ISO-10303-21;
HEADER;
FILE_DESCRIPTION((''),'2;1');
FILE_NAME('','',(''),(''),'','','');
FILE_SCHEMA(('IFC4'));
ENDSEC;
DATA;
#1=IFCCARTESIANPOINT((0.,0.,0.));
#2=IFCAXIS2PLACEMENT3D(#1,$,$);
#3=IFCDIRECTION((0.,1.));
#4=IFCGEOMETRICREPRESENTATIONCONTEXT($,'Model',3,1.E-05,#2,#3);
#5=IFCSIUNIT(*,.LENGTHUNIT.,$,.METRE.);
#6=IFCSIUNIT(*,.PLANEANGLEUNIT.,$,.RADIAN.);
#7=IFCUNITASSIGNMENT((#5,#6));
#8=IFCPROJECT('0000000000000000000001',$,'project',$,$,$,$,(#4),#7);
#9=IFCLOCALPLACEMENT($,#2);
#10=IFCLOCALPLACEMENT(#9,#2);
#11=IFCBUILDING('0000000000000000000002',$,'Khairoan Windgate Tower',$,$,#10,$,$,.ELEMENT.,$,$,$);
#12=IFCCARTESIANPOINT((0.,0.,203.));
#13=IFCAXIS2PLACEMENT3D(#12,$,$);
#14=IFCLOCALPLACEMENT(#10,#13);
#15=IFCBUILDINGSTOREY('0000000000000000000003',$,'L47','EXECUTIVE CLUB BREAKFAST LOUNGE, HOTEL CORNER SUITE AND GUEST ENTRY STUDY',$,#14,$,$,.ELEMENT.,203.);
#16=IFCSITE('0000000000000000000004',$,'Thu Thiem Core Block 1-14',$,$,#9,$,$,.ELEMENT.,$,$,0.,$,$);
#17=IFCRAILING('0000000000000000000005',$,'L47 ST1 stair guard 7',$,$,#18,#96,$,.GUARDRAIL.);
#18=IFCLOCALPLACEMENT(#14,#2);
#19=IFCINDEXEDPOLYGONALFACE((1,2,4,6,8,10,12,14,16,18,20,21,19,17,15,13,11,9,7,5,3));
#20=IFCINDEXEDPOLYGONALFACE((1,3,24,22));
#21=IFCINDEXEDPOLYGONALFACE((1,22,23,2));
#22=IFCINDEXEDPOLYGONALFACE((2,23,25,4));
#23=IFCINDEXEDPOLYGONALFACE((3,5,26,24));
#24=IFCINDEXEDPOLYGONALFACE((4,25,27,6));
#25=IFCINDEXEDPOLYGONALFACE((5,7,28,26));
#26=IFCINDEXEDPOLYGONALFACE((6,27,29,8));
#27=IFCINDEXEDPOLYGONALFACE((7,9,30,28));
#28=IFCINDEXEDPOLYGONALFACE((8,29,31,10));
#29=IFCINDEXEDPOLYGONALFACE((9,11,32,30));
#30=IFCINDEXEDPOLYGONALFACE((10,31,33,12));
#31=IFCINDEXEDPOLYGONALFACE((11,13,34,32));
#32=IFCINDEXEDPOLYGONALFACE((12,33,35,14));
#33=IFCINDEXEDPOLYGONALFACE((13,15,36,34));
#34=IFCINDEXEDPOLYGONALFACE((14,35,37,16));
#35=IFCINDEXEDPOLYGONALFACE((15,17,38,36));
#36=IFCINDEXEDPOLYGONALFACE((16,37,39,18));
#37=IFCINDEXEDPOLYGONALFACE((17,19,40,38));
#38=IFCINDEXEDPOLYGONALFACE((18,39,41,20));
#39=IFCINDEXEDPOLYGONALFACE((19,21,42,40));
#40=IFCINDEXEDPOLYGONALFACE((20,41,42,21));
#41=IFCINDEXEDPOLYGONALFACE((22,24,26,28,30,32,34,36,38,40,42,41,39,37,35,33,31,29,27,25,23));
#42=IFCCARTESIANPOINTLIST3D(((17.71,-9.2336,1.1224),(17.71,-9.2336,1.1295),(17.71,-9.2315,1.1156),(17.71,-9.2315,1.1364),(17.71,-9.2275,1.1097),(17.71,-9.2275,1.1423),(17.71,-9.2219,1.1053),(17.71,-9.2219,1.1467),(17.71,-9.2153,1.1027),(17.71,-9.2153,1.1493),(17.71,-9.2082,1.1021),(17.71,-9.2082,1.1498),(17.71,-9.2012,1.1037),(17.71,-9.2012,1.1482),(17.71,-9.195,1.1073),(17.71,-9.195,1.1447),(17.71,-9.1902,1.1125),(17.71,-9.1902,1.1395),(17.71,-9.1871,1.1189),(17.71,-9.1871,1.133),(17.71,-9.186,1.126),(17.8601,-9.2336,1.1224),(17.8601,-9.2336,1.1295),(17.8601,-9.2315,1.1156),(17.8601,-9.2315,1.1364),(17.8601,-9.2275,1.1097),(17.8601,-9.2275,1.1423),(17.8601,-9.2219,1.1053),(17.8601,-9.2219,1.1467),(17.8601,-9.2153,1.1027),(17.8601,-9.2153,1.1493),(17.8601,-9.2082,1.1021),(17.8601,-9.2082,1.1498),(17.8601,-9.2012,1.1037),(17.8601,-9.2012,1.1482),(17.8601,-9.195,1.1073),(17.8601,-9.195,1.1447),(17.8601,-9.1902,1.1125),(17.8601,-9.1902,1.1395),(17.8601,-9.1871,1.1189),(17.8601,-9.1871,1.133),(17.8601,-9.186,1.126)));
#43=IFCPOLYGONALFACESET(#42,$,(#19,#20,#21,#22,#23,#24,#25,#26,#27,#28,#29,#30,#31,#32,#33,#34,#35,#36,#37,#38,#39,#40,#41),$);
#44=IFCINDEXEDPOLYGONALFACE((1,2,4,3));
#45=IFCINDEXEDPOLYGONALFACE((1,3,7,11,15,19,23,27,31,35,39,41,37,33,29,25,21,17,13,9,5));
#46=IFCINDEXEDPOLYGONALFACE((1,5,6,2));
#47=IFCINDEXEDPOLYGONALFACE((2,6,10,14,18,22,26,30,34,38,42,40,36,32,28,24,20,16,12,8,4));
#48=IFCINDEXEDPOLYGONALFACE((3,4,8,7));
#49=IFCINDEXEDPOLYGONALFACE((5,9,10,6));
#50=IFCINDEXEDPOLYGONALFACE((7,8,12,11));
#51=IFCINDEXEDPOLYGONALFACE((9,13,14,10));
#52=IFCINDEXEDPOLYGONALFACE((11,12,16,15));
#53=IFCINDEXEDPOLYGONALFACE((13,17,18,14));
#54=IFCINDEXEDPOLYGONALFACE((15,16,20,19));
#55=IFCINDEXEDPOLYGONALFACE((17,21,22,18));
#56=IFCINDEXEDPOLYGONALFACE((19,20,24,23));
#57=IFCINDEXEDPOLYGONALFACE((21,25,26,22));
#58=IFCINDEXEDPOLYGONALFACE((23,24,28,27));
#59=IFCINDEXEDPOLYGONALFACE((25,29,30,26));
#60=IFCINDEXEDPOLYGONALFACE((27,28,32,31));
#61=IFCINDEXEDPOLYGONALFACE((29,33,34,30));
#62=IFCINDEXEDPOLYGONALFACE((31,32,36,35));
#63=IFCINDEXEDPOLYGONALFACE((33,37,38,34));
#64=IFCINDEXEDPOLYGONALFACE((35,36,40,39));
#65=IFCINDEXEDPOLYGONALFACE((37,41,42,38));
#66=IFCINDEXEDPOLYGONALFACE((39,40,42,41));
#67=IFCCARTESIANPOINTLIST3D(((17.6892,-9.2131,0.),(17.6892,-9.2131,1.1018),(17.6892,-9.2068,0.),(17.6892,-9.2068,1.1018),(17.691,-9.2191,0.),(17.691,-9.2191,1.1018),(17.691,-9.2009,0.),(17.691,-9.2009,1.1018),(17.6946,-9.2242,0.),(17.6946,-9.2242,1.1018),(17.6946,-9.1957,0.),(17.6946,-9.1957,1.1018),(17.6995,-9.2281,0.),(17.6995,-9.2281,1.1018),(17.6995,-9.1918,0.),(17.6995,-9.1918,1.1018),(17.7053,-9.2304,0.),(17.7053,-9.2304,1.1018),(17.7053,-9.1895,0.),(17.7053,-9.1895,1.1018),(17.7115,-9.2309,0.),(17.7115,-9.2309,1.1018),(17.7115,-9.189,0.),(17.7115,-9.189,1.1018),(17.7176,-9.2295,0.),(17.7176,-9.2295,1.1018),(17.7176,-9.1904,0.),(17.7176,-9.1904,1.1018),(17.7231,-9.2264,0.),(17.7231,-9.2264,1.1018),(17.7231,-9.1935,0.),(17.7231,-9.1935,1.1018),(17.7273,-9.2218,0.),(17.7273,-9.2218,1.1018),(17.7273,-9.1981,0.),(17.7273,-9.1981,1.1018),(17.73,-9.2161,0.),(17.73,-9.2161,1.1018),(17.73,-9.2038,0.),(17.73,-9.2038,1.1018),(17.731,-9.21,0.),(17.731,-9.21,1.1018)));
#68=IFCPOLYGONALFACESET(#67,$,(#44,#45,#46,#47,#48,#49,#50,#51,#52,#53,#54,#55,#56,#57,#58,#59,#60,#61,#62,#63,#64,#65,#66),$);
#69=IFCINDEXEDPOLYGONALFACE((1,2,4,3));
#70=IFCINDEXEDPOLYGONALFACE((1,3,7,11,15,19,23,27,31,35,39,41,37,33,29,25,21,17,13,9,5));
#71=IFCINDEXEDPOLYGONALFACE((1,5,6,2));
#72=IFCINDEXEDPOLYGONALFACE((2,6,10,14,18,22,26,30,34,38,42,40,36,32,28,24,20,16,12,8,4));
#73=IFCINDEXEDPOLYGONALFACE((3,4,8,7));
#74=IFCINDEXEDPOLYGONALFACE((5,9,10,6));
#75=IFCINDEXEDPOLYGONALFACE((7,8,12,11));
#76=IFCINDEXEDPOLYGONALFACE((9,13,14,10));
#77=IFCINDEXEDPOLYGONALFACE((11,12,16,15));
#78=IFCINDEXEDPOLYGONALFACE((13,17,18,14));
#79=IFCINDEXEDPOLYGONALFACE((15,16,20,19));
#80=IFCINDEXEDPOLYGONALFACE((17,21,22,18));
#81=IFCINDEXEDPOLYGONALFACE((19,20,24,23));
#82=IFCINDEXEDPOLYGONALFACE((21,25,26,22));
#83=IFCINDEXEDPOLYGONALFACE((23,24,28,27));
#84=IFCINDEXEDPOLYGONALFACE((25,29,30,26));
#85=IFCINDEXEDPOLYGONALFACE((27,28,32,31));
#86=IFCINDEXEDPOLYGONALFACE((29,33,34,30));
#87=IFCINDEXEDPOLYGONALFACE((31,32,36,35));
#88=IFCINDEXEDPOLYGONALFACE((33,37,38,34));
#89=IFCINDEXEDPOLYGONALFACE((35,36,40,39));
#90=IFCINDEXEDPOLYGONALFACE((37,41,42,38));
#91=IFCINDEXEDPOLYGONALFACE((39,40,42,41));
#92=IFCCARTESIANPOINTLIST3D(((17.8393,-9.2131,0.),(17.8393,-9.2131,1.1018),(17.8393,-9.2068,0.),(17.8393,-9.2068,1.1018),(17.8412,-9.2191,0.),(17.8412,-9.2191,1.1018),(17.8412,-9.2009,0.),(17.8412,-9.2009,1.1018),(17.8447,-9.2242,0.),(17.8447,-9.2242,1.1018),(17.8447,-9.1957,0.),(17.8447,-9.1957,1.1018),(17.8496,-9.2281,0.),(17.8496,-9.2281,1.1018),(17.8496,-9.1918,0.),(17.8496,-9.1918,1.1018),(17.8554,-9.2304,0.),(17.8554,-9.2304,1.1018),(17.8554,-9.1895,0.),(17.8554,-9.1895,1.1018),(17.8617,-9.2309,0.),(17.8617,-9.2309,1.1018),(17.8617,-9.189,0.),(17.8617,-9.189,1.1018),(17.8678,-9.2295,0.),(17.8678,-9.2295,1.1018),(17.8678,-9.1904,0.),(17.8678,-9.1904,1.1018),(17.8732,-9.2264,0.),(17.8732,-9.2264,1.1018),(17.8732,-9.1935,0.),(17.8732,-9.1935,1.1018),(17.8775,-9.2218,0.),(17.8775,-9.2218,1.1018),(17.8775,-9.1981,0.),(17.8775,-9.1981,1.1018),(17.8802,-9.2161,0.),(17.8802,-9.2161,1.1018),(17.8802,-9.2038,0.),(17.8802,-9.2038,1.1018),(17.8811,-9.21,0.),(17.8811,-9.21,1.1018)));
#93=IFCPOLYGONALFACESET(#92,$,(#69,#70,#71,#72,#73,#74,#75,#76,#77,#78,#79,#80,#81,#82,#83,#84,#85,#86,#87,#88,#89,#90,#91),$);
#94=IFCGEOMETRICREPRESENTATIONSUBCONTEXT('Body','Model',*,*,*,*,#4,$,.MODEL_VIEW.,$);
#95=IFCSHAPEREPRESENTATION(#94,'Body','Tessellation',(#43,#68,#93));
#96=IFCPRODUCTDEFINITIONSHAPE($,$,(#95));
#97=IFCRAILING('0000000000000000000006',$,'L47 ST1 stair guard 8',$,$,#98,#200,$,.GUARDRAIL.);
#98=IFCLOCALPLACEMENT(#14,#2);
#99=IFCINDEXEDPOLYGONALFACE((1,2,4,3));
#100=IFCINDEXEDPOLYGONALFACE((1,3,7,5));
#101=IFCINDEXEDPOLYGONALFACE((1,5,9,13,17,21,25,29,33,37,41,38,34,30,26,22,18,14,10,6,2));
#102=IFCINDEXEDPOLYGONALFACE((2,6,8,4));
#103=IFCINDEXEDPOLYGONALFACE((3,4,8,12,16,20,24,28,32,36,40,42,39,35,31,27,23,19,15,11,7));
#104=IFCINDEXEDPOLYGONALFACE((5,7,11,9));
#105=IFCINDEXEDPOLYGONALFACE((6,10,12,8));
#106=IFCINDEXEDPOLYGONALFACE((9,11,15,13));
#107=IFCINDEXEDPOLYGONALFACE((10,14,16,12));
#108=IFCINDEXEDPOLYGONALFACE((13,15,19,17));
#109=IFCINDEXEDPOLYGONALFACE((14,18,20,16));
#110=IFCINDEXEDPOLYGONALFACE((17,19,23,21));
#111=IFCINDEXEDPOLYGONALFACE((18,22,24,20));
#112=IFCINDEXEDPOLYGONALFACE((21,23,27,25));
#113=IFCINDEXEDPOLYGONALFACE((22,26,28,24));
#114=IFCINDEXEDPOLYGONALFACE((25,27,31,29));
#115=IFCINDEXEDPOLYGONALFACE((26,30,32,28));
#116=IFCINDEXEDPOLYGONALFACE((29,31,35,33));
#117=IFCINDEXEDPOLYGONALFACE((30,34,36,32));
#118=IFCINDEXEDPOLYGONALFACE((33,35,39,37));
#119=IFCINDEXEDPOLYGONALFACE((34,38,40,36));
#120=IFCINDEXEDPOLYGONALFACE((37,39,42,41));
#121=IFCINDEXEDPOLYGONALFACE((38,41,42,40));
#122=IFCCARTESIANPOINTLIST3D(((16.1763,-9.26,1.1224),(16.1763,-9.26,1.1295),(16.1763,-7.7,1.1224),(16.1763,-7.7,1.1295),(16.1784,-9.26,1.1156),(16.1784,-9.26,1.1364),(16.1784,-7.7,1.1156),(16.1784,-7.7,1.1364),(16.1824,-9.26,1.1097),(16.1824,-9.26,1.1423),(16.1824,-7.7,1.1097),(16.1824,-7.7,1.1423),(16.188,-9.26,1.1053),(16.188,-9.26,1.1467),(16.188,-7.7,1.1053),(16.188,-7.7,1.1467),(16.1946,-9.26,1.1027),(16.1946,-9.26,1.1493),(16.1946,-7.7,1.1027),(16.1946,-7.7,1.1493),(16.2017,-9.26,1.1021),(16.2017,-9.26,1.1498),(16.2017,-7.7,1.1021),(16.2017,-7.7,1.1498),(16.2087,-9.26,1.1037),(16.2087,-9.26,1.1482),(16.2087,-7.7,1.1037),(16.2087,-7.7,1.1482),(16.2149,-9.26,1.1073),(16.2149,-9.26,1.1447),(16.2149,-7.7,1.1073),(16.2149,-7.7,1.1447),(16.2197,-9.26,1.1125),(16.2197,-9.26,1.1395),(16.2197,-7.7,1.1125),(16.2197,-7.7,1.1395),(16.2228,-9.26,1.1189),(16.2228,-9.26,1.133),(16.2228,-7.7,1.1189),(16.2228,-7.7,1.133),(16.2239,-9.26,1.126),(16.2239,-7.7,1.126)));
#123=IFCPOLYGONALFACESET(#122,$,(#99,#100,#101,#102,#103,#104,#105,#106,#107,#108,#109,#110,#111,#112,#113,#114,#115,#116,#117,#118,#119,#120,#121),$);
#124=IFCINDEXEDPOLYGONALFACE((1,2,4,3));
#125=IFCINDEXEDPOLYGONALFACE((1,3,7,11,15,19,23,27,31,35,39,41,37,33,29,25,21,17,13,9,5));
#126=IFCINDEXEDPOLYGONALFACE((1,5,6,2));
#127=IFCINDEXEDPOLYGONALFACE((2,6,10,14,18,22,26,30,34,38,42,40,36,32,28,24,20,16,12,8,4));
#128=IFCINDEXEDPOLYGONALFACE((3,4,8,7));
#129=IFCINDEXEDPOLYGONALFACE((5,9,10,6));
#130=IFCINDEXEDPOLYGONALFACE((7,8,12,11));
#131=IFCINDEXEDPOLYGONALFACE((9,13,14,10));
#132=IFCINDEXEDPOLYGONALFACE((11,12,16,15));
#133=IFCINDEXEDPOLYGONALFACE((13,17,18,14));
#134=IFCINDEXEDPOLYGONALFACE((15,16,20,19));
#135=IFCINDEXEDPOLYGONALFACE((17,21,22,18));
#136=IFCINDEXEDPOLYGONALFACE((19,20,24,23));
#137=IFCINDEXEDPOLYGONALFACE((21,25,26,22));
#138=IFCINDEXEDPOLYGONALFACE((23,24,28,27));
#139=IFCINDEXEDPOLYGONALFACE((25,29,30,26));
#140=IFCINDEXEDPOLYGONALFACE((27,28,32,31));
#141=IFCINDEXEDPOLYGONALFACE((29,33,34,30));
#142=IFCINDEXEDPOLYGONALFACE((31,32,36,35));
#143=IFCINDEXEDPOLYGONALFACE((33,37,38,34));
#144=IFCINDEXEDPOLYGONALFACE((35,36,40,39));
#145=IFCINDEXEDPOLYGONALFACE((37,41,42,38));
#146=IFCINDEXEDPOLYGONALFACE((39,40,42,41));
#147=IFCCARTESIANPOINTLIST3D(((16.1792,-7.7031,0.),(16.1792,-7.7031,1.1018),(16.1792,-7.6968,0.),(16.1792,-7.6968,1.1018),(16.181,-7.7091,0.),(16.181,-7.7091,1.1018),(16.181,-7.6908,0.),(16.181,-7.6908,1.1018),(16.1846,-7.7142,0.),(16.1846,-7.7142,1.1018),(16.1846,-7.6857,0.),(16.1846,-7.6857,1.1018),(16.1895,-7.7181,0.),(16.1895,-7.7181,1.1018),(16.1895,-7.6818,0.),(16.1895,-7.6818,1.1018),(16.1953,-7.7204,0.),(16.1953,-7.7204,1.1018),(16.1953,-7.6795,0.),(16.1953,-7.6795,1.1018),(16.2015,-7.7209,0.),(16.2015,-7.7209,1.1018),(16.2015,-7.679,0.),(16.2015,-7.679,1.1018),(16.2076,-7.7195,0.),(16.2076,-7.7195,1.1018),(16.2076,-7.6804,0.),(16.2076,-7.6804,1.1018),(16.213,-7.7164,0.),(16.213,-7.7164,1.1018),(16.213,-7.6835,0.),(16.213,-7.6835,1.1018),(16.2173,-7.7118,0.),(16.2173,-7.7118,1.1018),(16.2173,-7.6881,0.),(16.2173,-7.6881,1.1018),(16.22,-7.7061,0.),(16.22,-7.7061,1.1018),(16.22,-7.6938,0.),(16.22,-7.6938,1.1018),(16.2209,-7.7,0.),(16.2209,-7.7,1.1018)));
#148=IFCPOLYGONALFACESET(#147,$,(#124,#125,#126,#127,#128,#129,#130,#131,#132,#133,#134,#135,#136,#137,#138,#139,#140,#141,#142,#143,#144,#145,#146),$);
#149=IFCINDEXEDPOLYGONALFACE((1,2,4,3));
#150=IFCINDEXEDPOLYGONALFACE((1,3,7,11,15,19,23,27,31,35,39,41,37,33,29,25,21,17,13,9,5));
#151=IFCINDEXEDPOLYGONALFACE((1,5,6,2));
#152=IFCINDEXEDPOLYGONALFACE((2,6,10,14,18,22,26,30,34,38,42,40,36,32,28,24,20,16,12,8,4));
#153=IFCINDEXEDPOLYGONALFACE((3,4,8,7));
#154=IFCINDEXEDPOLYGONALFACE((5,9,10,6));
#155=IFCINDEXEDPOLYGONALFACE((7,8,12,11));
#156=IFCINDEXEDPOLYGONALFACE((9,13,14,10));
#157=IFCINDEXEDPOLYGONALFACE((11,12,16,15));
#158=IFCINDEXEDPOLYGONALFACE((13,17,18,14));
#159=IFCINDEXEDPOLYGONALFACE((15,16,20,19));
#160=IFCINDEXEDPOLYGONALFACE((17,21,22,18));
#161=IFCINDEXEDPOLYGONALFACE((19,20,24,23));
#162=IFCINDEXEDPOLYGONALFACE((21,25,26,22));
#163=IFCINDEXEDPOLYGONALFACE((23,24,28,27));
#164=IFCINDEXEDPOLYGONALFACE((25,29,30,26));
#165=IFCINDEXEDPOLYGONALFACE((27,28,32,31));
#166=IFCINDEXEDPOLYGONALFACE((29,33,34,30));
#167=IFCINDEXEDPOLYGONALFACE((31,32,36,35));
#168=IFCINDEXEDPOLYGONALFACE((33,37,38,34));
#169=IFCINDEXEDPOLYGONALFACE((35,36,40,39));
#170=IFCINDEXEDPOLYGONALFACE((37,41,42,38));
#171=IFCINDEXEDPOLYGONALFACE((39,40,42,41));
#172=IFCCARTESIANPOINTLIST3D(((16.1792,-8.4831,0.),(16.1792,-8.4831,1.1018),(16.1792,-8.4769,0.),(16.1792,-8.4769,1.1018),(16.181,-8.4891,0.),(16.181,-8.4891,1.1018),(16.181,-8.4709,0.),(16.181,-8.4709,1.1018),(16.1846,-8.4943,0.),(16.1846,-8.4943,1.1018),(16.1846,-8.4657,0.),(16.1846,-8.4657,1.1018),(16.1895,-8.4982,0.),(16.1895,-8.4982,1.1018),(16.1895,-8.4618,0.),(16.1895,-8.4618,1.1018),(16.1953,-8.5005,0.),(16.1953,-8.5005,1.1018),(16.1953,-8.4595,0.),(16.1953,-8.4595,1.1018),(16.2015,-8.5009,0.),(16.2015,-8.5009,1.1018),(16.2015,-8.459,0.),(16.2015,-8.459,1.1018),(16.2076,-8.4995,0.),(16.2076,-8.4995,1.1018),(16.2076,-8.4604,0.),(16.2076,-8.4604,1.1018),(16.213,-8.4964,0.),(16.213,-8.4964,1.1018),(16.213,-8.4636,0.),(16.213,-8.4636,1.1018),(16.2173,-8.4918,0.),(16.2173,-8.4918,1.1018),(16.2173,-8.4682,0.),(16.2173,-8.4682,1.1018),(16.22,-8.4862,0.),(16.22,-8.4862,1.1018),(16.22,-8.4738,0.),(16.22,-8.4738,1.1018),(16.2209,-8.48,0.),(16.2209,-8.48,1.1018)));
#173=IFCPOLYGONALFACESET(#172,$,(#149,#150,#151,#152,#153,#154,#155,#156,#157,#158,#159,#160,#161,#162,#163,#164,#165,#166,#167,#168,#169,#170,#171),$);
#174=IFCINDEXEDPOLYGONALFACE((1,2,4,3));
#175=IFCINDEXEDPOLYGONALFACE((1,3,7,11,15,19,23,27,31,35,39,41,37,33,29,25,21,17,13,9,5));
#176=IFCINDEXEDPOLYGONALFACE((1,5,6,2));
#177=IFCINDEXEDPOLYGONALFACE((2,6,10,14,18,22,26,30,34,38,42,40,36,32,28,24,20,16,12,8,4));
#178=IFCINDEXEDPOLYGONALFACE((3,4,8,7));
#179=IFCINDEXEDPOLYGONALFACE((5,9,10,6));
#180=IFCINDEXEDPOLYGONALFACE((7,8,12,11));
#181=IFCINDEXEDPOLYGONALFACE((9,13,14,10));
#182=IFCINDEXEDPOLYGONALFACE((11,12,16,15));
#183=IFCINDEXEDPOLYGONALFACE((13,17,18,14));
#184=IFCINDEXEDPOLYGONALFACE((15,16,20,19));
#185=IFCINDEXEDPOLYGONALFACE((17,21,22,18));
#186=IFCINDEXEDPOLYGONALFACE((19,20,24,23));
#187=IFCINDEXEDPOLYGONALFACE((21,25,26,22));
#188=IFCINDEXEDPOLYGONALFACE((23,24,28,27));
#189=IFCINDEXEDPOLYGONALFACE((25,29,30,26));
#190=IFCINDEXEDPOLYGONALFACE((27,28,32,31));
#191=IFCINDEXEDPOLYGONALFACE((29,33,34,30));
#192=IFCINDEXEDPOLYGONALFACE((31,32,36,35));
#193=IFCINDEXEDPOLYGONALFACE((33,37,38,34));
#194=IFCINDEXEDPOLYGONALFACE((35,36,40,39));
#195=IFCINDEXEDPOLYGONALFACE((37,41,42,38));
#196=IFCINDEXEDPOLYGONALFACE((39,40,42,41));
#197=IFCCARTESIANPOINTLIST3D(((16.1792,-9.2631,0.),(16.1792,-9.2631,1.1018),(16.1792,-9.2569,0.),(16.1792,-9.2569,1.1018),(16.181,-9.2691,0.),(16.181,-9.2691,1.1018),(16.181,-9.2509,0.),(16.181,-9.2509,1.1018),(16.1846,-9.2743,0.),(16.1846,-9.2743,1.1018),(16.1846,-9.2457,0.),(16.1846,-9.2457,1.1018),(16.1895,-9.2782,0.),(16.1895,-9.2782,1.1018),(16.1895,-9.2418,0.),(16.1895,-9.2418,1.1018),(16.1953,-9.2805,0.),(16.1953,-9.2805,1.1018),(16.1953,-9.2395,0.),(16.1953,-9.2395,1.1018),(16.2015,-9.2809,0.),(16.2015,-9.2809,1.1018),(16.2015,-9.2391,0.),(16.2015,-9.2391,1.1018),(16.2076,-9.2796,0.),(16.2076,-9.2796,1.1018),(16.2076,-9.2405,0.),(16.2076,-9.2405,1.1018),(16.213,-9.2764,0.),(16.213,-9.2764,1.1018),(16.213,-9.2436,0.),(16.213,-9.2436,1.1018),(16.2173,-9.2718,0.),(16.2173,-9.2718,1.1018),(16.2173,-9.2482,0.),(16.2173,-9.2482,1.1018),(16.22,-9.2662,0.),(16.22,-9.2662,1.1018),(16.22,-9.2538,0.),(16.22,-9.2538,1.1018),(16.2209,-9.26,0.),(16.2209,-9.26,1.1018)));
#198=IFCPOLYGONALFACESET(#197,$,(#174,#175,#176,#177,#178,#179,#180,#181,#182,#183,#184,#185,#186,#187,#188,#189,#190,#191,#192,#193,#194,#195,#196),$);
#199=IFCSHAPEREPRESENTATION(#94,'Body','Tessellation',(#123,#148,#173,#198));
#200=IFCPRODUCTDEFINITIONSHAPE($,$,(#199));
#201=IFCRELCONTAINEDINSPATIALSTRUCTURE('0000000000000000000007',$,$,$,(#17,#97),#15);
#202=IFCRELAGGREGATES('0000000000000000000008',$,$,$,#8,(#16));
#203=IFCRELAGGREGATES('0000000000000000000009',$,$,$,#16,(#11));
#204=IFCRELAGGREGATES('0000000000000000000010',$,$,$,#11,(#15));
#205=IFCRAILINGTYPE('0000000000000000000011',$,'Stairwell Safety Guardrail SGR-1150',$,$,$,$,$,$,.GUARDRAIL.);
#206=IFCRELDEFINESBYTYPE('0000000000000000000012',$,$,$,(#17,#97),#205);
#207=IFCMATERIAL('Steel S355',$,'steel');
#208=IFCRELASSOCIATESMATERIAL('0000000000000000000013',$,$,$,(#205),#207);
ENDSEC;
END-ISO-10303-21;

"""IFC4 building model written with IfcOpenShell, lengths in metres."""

from ifc_helpers import new_model, si_unit, direction, frame, origin, origin_2d, place, context, subcontext, project, spatial, circle, extrude, material, type_object, element, save


model = new_model("IFC4")

# Units and contexts
model_context = context("Model", 3, precision=1e-05, world=origin(), true_north=direction((0.0, 1.0)))
body_context = subcontext(model_context, "Body", "Model", "MODEL_VIEW")
ifc_project = project(units=[si_unit("LENGTHUNIT", "METRE"), si_unit("PLANEANGLEUNIT", "RADIAN")], contexts=[model_context])

# Site, building, storey
site_placement = place(None, origin())
site = spatial("IfcSite", under=ifc_project, at=site_placement, Name="Thu Thiem Core Block 1-14", CompositionType="ELEMENT", RefElevation=0.0)
building_placement = place(site_placement, origin())
building = spatial("IfcBuilding", under=site, at=building_placement, Name="Khairoan Windgate Tower", CompositionType="ELEMENT")
storey_placement = place(building_placement, frame((0.0, 0.0, 203.0)))
storey = spatial("IfcBuildingStorey", under=building, at=storey_placement, Name="L47", Description="EXECUTIVE CLUB BREAKFAST LOUNGE, HOTEL CORNER SUITE AND GUEST ENTRY STUDY", CompositionType="ELEMENT", Elevation=203.0)

# Railings
ifc_material_1 = material(Name="Steel S355", Category="steel")
railing_type_1 = type_object("IfcRailingType", Name="Stairwell Safety Guardrail SGR-1150", PredefinedType="GUARDRAIL", material=ifc_material_1)
railing_1_placement = place(storey_placement, frame((17.71, -9.21, 0.0)))
element("IfcRailing", 1, at=railing_1_placement, inside=storey, type_object=railing_type_1, Name="L47 ST1 stair guard 7", PredefinedType="GUARDRAIL", context=body_context, shape_type="SweptSolid", body=[
    extrude(circle(Radius=0.0239, at=origin_2d()), frame((0.0, 0.0, 1.126), z_axis=(1.0, 0.0, 0.0), x_axis=(0.0, 1.0, 0.0)), (0.0, 0.0, 1.0), 0.1501),
    extrude(circle(Radius=0.021, at=origin_2d()), origin(), (0.0, 0.0, 1.0), 1.1018),
    extrude(circle(Radius=0.021, at=origin_2d()), frame((0.1501, 0.0, 0.0)), (0.0, 0.0, 1.0), 1.1018),
])
for number, where, name in (
    (2, (16.2, -7.7, 0.0), "L47 ST1 stair guard 8"),
):
    element("IfcRailing", number, at=place(storey_placement, frame(where)), inside=storey, type_object=railing_type_1, Name=name, PredefinedType="GUARDRAIL", context=body_context, shape_type="SweptSolid", body=[
        extrude(circle(Radius=0.0239, at=origin_2d()), frame((0.0, 0.0, 1.126), z_axis=(0.0, -1.0, 0.0), x_axis=(1.0, 0.0, 0.0)), (0.0, 0.0, 1.0), 1.5601),
        extrude(circle(Radius=0.021, at=origin_2d()), origin(), (0.0, 0.0, 1.0), 1.1018),
        extrude(circle(Radius=0.021, at=origin_2d()), frame((0.0, -0.78, 0.0)), (0.0, 0.0, 1.0), 1.1018),
        extrude(circle(Radius=0.021, at=origin_2d()), frame((0.0, -1.5601, 0.0)), (0.0, 0.0, 1.0), 1.1018),
    ])

save(model, "model.ifc")
